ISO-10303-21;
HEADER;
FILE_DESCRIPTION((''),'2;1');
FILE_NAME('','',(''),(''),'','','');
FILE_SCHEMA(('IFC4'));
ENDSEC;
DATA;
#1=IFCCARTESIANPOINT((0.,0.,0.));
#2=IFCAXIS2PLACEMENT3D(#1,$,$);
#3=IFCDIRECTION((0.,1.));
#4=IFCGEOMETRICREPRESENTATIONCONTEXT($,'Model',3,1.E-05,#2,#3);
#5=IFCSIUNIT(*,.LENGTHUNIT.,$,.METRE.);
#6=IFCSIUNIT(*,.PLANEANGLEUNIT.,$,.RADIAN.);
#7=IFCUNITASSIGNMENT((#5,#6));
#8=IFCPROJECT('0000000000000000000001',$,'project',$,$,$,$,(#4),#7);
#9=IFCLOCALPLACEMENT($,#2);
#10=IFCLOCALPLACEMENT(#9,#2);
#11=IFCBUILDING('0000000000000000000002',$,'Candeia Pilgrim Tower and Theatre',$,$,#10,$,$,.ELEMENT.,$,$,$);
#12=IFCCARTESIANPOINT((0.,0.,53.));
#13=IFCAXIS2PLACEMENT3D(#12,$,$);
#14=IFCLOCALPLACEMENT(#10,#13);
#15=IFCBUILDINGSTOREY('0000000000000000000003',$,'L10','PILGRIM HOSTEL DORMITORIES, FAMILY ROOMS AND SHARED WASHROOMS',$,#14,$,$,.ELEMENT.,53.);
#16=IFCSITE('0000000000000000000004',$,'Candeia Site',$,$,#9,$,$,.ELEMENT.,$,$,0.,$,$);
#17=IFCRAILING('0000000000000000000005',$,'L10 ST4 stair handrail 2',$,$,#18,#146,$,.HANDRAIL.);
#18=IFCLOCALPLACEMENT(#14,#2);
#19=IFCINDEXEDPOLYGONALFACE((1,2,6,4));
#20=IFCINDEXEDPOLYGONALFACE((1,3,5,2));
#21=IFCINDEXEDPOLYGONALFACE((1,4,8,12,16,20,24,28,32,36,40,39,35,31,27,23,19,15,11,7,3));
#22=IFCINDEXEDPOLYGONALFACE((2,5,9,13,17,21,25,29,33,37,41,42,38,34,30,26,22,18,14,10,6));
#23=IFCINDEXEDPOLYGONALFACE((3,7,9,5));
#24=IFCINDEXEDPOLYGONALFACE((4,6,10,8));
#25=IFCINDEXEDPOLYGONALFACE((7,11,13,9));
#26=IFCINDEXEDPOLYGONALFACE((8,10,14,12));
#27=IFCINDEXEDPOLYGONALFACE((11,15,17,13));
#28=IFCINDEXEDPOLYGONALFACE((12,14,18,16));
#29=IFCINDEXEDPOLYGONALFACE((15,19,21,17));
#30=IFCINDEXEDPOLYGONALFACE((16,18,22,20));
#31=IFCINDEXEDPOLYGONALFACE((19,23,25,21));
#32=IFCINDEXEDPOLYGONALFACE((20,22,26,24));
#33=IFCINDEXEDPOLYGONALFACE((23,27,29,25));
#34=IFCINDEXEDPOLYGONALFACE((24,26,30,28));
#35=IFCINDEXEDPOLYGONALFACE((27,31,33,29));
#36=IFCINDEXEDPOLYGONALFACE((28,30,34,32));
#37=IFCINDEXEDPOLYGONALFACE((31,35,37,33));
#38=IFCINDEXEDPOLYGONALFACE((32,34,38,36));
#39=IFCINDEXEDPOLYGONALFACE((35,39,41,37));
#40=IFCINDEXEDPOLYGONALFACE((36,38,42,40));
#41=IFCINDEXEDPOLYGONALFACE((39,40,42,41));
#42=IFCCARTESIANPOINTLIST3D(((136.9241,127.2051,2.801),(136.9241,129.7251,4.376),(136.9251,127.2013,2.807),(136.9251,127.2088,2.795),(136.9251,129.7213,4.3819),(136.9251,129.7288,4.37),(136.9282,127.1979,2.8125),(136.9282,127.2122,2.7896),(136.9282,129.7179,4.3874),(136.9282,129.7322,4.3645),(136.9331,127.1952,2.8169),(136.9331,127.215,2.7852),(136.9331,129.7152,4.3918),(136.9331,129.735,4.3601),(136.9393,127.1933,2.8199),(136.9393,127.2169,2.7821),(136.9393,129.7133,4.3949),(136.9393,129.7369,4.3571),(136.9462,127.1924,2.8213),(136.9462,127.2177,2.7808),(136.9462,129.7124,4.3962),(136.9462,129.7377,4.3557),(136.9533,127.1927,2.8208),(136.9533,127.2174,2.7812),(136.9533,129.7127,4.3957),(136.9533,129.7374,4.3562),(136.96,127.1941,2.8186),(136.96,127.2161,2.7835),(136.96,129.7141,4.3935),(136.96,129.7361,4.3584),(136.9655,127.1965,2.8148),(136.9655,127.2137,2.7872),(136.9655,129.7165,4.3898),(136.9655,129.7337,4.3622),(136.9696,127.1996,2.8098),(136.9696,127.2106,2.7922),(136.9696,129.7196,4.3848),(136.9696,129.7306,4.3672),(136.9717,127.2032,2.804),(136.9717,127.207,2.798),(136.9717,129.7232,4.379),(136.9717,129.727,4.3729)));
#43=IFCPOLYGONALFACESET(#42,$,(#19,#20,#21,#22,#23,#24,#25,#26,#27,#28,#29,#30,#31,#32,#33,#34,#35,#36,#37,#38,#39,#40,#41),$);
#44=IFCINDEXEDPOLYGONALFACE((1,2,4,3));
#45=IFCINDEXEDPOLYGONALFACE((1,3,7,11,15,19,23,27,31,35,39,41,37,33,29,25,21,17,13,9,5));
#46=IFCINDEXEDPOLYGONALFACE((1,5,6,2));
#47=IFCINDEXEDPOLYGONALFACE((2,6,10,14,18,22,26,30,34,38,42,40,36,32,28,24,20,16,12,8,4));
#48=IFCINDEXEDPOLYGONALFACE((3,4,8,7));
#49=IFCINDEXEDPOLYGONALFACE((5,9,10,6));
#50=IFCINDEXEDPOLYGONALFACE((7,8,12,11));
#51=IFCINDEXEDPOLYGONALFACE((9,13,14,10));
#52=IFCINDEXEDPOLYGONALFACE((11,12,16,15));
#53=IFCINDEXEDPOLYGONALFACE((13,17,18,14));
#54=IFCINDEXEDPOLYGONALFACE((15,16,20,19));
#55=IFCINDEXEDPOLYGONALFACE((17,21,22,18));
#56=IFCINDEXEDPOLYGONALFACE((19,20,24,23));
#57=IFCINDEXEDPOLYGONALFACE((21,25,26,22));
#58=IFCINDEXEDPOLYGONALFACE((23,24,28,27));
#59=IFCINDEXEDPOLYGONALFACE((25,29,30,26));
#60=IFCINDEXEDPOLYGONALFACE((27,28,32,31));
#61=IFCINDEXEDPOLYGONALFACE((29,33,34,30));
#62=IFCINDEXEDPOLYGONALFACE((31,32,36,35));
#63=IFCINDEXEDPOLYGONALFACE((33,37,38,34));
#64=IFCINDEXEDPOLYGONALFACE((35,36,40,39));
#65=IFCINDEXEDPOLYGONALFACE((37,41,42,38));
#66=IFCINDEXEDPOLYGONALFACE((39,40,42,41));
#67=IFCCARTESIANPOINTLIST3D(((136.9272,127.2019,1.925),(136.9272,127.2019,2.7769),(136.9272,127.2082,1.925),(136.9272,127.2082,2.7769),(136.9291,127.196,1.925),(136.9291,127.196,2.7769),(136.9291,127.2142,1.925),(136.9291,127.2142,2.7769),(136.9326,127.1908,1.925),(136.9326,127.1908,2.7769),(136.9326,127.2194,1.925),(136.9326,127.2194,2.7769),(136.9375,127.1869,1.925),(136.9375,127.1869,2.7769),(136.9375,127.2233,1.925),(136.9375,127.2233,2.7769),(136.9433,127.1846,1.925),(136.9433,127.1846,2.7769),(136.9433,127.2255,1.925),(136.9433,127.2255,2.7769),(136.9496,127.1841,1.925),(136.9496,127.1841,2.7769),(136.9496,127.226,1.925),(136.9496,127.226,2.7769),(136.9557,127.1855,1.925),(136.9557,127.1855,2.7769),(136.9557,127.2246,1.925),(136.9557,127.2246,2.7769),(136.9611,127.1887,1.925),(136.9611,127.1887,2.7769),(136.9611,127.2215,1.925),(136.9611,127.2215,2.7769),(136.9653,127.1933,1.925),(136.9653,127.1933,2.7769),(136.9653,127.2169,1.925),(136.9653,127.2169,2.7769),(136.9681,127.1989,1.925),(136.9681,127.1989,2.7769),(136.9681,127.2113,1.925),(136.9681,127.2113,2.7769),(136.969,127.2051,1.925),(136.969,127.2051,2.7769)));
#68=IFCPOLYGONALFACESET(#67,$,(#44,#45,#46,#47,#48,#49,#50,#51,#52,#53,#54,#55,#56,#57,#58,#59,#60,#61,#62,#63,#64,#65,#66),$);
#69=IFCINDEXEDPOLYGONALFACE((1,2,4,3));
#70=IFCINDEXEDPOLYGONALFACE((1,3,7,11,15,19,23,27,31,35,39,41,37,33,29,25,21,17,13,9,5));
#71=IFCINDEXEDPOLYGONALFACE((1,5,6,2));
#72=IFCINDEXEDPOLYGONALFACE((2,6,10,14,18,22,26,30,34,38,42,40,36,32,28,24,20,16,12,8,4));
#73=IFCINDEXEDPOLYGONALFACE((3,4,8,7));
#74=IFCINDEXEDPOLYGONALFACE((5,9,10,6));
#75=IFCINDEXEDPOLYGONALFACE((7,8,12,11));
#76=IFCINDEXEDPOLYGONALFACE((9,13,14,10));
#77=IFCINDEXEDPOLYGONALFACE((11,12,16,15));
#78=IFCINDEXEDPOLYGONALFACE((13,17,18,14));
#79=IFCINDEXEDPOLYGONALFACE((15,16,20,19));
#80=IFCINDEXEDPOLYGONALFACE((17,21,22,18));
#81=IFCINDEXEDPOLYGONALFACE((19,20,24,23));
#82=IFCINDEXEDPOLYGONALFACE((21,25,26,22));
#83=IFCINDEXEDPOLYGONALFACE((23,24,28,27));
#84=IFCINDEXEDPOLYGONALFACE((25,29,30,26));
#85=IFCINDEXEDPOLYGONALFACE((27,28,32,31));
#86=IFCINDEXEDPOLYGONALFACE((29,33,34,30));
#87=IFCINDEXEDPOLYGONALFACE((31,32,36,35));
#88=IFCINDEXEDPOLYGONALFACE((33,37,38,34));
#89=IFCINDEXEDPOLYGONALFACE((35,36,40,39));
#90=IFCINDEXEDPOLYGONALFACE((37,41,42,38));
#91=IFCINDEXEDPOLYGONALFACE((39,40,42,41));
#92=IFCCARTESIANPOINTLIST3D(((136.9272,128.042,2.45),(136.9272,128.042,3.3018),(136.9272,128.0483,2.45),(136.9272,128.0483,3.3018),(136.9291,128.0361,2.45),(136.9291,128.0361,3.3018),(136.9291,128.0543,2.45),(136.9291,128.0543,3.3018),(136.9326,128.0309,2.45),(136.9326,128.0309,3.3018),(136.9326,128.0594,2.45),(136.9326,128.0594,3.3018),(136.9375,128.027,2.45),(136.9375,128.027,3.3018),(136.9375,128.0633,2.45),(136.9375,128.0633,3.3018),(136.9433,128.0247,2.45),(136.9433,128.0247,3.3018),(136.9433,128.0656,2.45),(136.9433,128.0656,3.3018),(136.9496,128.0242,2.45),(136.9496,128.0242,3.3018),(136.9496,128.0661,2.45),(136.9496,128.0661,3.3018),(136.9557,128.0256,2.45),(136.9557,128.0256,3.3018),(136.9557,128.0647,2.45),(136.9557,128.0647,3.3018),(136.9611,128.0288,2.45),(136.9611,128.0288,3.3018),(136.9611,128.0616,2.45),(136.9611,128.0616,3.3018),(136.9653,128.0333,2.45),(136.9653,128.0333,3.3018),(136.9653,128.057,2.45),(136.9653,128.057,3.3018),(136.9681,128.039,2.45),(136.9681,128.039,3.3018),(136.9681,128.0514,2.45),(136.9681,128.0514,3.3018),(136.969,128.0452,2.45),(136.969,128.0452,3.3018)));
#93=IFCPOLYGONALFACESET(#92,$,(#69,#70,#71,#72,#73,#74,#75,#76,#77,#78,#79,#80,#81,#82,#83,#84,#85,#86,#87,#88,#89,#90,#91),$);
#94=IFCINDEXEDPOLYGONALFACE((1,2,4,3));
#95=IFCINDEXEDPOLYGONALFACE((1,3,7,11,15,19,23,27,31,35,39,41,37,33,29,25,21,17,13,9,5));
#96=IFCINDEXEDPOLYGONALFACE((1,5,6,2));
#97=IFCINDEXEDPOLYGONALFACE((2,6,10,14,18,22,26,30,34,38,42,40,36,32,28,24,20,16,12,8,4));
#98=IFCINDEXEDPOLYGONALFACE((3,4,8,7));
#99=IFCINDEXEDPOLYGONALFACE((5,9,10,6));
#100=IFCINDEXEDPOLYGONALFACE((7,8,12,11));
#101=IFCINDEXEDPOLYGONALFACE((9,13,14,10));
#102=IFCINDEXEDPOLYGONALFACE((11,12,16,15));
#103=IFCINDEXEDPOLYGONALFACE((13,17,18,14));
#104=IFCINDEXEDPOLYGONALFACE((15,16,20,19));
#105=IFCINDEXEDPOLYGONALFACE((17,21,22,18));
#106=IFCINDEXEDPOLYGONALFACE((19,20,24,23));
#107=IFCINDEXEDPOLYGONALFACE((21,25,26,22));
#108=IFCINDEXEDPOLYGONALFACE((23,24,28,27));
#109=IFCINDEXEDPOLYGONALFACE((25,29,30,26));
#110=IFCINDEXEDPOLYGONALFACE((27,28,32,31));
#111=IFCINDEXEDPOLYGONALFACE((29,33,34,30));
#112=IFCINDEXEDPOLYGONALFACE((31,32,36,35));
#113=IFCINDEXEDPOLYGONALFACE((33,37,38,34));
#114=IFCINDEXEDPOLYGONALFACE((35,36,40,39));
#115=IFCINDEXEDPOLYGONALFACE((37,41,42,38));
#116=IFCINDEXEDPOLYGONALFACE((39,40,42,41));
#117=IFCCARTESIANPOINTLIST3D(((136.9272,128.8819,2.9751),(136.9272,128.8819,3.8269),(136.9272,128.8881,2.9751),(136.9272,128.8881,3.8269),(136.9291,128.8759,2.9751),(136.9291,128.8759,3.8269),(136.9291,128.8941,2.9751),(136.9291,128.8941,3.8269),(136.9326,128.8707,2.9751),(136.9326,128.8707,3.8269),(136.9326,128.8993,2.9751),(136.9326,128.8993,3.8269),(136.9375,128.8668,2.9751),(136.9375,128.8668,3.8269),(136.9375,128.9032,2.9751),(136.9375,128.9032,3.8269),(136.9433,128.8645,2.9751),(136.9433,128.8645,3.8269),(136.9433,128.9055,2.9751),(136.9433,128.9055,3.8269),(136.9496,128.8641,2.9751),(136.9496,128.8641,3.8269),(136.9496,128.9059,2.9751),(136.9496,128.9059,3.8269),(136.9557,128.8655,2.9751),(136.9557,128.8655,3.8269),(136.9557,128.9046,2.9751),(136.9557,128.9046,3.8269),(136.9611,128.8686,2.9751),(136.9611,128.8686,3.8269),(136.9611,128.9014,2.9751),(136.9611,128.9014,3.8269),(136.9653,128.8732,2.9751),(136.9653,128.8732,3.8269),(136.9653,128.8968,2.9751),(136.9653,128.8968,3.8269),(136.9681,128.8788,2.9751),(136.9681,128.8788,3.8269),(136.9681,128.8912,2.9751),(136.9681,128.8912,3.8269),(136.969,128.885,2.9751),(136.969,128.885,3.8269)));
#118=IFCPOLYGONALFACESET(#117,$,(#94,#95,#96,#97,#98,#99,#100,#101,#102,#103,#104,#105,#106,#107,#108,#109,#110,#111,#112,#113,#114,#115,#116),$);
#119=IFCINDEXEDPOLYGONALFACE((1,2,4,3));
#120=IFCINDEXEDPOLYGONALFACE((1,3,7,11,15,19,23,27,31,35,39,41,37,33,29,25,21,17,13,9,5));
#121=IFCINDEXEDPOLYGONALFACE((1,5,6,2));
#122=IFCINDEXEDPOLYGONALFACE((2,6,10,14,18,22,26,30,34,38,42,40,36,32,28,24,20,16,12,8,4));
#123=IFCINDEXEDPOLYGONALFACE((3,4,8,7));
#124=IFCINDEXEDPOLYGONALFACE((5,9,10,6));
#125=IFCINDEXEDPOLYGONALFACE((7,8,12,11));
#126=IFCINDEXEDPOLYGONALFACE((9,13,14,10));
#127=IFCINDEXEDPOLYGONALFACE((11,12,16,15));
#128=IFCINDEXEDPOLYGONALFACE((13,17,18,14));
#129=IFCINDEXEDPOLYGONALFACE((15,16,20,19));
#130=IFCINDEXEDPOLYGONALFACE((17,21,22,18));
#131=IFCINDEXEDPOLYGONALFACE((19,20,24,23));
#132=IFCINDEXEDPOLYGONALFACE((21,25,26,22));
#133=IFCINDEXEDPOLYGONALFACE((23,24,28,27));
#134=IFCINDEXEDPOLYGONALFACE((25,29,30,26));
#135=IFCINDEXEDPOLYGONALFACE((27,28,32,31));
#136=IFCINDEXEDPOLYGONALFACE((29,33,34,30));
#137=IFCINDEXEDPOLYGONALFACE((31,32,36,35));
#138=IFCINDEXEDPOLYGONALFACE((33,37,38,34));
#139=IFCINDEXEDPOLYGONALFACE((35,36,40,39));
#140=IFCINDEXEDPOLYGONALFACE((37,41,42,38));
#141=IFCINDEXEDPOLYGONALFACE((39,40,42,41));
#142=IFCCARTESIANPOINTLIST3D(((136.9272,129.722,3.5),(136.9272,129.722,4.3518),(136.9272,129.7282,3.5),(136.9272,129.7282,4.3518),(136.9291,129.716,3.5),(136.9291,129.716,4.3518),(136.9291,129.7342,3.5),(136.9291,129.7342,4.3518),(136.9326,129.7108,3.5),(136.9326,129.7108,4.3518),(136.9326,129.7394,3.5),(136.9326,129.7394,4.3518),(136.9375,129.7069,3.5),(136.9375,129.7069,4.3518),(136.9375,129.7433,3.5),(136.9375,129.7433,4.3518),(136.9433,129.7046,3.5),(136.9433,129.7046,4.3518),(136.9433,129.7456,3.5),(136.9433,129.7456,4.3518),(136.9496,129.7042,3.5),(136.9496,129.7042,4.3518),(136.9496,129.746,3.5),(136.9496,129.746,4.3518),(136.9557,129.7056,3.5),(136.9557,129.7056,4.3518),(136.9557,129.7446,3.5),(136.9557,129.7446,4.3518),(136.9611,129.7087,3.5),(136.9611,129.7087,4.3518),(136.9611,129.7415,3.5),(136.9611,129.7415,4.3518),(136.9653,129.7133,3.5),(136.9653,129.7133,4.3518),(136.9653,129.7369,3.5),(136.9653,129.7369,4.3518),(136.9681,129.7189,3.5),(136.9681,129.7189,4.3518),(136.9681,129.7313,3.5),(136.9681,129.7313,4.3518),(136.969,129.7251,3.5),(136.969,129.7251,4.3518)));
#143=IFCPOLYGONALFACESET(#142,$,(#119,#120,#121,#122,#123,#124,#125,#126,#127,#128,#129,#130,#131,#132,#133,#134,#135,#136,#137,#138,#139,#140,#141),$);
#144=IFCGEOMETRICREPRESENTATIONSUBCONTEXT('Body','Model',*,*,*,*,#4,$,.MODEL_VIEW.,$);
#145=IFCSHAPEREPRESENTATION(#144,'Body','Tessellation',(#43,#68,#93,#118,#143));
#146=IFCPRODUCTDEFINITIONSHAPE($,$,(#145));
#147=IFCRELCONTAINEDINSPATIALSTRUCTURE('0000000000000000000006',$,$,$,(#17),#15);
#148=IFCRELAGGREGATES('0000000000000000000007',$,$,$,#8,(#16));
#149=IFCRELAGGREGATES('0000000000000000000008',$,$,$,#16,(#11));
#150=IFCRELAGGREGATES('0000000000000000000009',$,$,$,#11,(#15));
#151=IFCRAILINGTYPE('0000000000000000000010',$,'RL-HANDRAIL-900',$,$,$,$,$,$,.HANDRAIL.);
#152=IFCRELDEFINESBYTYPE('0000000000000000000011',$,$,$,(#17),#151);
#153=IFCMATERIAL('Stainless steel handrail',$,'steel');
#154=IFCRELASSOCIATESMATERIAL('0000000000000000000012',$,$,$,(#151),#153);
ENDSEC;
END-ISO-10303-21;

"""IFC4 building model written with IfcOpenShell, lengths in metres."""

from ifc_helpers import new_model, si_unit, direction, frame, origin, origin_2d, place, context, subcontext, project, spatial, circle, extrude, material, type_object, element, save


model = new_model("IFC4")

# Units and contexts
model_context = context("Model", 3, precision=1e-05, world=origin(), true_north=direction((0.0, 1.0)))
body_context = subcontext(model_context, "Body", "Model", "MODEL_VIEW")
ifc_project = project(units=[si_unit("LENGTHUNIT", "METRE"), si_unit("PLANEANGLEUNIT", "RADIAN")], contexts=[model_context])

# Site, building, storey
site_placement = place(None, origin())
site = spatial("IfcSite", under=ifc_project, at=site_placement, Name="Candeia Site", CompositionType="ELEMENT", RefElevation=0.0)
building_placement = place(site_placement, origin())
building = spatial("IfcBuilding", under=site, at=building_placement, Name="Candeia Pilgrim Tower and Theatre", CompositionType="ELEMENT")
storey_placement = place(building_placement, frame((0.0, 0.0, 53.0)))
storey = spatial("IfcBuildingStorey", under=building, at=storey_placement, Name="L10", Description="PILGRIM HOSTEL DORMITORIES, FAMILY ROOMS AND SHARED WASHROOMS", CompositionType="ELEMENT", Elevation=53.0)

# Railing
ifc_material_1 = material(Name="Stainless steel handrail", Category="steel")
railing_type_1 = type_object("IfcRailingType", Name="RL-HANDRAIL-900", PredefinedType="HANDRAIL", material=ifc_material_1)
railing_1_placement = place(storey_placement, frame((136.948, 127.2051, 1.925)))
element("IfcRailing", 1, at=railing_1_placement, inside=storey, type_object=railing_type_1, Name="L10 ST4 stair handrail 2", PredefinedType="HANDRAIL", context=body_context, shape_type="SweptSolid", body=[
    extrude(circle(Radius=0.0239, at=origin_2d()), frame((0.0, 0.0, 0.876), z_axis=(0.0, 0.848008, 0.529984), x_axis=(-1.0, 0.0, 0.0)), (0.0, 0.0, 1.0), 2.9717),
    extrude(circle(Radius=0.021, at=origin_2d()), origin(), (0.0, 0.0, 1.0), 0.8518),
    extrude(circle(Radius=0.021, at=origin_2d()), frame((0.0, 0.8401, 0.5249)), (0.0, 0.0, 1.0), 0.8518),
    extrude(circle(Radius=0.021, at=origin_2d()), frame((0.0, 1.6799, 1.05)), (0.0, 0.0, 1.0), 0.8518),
    extrude(circle(Radius=0.021, at=origin_2d()), frame((0.0, 2.52, 1.575)), (0.0, 0.0, 1.0), 0.8518),
])

save(model, "model.ifc")
